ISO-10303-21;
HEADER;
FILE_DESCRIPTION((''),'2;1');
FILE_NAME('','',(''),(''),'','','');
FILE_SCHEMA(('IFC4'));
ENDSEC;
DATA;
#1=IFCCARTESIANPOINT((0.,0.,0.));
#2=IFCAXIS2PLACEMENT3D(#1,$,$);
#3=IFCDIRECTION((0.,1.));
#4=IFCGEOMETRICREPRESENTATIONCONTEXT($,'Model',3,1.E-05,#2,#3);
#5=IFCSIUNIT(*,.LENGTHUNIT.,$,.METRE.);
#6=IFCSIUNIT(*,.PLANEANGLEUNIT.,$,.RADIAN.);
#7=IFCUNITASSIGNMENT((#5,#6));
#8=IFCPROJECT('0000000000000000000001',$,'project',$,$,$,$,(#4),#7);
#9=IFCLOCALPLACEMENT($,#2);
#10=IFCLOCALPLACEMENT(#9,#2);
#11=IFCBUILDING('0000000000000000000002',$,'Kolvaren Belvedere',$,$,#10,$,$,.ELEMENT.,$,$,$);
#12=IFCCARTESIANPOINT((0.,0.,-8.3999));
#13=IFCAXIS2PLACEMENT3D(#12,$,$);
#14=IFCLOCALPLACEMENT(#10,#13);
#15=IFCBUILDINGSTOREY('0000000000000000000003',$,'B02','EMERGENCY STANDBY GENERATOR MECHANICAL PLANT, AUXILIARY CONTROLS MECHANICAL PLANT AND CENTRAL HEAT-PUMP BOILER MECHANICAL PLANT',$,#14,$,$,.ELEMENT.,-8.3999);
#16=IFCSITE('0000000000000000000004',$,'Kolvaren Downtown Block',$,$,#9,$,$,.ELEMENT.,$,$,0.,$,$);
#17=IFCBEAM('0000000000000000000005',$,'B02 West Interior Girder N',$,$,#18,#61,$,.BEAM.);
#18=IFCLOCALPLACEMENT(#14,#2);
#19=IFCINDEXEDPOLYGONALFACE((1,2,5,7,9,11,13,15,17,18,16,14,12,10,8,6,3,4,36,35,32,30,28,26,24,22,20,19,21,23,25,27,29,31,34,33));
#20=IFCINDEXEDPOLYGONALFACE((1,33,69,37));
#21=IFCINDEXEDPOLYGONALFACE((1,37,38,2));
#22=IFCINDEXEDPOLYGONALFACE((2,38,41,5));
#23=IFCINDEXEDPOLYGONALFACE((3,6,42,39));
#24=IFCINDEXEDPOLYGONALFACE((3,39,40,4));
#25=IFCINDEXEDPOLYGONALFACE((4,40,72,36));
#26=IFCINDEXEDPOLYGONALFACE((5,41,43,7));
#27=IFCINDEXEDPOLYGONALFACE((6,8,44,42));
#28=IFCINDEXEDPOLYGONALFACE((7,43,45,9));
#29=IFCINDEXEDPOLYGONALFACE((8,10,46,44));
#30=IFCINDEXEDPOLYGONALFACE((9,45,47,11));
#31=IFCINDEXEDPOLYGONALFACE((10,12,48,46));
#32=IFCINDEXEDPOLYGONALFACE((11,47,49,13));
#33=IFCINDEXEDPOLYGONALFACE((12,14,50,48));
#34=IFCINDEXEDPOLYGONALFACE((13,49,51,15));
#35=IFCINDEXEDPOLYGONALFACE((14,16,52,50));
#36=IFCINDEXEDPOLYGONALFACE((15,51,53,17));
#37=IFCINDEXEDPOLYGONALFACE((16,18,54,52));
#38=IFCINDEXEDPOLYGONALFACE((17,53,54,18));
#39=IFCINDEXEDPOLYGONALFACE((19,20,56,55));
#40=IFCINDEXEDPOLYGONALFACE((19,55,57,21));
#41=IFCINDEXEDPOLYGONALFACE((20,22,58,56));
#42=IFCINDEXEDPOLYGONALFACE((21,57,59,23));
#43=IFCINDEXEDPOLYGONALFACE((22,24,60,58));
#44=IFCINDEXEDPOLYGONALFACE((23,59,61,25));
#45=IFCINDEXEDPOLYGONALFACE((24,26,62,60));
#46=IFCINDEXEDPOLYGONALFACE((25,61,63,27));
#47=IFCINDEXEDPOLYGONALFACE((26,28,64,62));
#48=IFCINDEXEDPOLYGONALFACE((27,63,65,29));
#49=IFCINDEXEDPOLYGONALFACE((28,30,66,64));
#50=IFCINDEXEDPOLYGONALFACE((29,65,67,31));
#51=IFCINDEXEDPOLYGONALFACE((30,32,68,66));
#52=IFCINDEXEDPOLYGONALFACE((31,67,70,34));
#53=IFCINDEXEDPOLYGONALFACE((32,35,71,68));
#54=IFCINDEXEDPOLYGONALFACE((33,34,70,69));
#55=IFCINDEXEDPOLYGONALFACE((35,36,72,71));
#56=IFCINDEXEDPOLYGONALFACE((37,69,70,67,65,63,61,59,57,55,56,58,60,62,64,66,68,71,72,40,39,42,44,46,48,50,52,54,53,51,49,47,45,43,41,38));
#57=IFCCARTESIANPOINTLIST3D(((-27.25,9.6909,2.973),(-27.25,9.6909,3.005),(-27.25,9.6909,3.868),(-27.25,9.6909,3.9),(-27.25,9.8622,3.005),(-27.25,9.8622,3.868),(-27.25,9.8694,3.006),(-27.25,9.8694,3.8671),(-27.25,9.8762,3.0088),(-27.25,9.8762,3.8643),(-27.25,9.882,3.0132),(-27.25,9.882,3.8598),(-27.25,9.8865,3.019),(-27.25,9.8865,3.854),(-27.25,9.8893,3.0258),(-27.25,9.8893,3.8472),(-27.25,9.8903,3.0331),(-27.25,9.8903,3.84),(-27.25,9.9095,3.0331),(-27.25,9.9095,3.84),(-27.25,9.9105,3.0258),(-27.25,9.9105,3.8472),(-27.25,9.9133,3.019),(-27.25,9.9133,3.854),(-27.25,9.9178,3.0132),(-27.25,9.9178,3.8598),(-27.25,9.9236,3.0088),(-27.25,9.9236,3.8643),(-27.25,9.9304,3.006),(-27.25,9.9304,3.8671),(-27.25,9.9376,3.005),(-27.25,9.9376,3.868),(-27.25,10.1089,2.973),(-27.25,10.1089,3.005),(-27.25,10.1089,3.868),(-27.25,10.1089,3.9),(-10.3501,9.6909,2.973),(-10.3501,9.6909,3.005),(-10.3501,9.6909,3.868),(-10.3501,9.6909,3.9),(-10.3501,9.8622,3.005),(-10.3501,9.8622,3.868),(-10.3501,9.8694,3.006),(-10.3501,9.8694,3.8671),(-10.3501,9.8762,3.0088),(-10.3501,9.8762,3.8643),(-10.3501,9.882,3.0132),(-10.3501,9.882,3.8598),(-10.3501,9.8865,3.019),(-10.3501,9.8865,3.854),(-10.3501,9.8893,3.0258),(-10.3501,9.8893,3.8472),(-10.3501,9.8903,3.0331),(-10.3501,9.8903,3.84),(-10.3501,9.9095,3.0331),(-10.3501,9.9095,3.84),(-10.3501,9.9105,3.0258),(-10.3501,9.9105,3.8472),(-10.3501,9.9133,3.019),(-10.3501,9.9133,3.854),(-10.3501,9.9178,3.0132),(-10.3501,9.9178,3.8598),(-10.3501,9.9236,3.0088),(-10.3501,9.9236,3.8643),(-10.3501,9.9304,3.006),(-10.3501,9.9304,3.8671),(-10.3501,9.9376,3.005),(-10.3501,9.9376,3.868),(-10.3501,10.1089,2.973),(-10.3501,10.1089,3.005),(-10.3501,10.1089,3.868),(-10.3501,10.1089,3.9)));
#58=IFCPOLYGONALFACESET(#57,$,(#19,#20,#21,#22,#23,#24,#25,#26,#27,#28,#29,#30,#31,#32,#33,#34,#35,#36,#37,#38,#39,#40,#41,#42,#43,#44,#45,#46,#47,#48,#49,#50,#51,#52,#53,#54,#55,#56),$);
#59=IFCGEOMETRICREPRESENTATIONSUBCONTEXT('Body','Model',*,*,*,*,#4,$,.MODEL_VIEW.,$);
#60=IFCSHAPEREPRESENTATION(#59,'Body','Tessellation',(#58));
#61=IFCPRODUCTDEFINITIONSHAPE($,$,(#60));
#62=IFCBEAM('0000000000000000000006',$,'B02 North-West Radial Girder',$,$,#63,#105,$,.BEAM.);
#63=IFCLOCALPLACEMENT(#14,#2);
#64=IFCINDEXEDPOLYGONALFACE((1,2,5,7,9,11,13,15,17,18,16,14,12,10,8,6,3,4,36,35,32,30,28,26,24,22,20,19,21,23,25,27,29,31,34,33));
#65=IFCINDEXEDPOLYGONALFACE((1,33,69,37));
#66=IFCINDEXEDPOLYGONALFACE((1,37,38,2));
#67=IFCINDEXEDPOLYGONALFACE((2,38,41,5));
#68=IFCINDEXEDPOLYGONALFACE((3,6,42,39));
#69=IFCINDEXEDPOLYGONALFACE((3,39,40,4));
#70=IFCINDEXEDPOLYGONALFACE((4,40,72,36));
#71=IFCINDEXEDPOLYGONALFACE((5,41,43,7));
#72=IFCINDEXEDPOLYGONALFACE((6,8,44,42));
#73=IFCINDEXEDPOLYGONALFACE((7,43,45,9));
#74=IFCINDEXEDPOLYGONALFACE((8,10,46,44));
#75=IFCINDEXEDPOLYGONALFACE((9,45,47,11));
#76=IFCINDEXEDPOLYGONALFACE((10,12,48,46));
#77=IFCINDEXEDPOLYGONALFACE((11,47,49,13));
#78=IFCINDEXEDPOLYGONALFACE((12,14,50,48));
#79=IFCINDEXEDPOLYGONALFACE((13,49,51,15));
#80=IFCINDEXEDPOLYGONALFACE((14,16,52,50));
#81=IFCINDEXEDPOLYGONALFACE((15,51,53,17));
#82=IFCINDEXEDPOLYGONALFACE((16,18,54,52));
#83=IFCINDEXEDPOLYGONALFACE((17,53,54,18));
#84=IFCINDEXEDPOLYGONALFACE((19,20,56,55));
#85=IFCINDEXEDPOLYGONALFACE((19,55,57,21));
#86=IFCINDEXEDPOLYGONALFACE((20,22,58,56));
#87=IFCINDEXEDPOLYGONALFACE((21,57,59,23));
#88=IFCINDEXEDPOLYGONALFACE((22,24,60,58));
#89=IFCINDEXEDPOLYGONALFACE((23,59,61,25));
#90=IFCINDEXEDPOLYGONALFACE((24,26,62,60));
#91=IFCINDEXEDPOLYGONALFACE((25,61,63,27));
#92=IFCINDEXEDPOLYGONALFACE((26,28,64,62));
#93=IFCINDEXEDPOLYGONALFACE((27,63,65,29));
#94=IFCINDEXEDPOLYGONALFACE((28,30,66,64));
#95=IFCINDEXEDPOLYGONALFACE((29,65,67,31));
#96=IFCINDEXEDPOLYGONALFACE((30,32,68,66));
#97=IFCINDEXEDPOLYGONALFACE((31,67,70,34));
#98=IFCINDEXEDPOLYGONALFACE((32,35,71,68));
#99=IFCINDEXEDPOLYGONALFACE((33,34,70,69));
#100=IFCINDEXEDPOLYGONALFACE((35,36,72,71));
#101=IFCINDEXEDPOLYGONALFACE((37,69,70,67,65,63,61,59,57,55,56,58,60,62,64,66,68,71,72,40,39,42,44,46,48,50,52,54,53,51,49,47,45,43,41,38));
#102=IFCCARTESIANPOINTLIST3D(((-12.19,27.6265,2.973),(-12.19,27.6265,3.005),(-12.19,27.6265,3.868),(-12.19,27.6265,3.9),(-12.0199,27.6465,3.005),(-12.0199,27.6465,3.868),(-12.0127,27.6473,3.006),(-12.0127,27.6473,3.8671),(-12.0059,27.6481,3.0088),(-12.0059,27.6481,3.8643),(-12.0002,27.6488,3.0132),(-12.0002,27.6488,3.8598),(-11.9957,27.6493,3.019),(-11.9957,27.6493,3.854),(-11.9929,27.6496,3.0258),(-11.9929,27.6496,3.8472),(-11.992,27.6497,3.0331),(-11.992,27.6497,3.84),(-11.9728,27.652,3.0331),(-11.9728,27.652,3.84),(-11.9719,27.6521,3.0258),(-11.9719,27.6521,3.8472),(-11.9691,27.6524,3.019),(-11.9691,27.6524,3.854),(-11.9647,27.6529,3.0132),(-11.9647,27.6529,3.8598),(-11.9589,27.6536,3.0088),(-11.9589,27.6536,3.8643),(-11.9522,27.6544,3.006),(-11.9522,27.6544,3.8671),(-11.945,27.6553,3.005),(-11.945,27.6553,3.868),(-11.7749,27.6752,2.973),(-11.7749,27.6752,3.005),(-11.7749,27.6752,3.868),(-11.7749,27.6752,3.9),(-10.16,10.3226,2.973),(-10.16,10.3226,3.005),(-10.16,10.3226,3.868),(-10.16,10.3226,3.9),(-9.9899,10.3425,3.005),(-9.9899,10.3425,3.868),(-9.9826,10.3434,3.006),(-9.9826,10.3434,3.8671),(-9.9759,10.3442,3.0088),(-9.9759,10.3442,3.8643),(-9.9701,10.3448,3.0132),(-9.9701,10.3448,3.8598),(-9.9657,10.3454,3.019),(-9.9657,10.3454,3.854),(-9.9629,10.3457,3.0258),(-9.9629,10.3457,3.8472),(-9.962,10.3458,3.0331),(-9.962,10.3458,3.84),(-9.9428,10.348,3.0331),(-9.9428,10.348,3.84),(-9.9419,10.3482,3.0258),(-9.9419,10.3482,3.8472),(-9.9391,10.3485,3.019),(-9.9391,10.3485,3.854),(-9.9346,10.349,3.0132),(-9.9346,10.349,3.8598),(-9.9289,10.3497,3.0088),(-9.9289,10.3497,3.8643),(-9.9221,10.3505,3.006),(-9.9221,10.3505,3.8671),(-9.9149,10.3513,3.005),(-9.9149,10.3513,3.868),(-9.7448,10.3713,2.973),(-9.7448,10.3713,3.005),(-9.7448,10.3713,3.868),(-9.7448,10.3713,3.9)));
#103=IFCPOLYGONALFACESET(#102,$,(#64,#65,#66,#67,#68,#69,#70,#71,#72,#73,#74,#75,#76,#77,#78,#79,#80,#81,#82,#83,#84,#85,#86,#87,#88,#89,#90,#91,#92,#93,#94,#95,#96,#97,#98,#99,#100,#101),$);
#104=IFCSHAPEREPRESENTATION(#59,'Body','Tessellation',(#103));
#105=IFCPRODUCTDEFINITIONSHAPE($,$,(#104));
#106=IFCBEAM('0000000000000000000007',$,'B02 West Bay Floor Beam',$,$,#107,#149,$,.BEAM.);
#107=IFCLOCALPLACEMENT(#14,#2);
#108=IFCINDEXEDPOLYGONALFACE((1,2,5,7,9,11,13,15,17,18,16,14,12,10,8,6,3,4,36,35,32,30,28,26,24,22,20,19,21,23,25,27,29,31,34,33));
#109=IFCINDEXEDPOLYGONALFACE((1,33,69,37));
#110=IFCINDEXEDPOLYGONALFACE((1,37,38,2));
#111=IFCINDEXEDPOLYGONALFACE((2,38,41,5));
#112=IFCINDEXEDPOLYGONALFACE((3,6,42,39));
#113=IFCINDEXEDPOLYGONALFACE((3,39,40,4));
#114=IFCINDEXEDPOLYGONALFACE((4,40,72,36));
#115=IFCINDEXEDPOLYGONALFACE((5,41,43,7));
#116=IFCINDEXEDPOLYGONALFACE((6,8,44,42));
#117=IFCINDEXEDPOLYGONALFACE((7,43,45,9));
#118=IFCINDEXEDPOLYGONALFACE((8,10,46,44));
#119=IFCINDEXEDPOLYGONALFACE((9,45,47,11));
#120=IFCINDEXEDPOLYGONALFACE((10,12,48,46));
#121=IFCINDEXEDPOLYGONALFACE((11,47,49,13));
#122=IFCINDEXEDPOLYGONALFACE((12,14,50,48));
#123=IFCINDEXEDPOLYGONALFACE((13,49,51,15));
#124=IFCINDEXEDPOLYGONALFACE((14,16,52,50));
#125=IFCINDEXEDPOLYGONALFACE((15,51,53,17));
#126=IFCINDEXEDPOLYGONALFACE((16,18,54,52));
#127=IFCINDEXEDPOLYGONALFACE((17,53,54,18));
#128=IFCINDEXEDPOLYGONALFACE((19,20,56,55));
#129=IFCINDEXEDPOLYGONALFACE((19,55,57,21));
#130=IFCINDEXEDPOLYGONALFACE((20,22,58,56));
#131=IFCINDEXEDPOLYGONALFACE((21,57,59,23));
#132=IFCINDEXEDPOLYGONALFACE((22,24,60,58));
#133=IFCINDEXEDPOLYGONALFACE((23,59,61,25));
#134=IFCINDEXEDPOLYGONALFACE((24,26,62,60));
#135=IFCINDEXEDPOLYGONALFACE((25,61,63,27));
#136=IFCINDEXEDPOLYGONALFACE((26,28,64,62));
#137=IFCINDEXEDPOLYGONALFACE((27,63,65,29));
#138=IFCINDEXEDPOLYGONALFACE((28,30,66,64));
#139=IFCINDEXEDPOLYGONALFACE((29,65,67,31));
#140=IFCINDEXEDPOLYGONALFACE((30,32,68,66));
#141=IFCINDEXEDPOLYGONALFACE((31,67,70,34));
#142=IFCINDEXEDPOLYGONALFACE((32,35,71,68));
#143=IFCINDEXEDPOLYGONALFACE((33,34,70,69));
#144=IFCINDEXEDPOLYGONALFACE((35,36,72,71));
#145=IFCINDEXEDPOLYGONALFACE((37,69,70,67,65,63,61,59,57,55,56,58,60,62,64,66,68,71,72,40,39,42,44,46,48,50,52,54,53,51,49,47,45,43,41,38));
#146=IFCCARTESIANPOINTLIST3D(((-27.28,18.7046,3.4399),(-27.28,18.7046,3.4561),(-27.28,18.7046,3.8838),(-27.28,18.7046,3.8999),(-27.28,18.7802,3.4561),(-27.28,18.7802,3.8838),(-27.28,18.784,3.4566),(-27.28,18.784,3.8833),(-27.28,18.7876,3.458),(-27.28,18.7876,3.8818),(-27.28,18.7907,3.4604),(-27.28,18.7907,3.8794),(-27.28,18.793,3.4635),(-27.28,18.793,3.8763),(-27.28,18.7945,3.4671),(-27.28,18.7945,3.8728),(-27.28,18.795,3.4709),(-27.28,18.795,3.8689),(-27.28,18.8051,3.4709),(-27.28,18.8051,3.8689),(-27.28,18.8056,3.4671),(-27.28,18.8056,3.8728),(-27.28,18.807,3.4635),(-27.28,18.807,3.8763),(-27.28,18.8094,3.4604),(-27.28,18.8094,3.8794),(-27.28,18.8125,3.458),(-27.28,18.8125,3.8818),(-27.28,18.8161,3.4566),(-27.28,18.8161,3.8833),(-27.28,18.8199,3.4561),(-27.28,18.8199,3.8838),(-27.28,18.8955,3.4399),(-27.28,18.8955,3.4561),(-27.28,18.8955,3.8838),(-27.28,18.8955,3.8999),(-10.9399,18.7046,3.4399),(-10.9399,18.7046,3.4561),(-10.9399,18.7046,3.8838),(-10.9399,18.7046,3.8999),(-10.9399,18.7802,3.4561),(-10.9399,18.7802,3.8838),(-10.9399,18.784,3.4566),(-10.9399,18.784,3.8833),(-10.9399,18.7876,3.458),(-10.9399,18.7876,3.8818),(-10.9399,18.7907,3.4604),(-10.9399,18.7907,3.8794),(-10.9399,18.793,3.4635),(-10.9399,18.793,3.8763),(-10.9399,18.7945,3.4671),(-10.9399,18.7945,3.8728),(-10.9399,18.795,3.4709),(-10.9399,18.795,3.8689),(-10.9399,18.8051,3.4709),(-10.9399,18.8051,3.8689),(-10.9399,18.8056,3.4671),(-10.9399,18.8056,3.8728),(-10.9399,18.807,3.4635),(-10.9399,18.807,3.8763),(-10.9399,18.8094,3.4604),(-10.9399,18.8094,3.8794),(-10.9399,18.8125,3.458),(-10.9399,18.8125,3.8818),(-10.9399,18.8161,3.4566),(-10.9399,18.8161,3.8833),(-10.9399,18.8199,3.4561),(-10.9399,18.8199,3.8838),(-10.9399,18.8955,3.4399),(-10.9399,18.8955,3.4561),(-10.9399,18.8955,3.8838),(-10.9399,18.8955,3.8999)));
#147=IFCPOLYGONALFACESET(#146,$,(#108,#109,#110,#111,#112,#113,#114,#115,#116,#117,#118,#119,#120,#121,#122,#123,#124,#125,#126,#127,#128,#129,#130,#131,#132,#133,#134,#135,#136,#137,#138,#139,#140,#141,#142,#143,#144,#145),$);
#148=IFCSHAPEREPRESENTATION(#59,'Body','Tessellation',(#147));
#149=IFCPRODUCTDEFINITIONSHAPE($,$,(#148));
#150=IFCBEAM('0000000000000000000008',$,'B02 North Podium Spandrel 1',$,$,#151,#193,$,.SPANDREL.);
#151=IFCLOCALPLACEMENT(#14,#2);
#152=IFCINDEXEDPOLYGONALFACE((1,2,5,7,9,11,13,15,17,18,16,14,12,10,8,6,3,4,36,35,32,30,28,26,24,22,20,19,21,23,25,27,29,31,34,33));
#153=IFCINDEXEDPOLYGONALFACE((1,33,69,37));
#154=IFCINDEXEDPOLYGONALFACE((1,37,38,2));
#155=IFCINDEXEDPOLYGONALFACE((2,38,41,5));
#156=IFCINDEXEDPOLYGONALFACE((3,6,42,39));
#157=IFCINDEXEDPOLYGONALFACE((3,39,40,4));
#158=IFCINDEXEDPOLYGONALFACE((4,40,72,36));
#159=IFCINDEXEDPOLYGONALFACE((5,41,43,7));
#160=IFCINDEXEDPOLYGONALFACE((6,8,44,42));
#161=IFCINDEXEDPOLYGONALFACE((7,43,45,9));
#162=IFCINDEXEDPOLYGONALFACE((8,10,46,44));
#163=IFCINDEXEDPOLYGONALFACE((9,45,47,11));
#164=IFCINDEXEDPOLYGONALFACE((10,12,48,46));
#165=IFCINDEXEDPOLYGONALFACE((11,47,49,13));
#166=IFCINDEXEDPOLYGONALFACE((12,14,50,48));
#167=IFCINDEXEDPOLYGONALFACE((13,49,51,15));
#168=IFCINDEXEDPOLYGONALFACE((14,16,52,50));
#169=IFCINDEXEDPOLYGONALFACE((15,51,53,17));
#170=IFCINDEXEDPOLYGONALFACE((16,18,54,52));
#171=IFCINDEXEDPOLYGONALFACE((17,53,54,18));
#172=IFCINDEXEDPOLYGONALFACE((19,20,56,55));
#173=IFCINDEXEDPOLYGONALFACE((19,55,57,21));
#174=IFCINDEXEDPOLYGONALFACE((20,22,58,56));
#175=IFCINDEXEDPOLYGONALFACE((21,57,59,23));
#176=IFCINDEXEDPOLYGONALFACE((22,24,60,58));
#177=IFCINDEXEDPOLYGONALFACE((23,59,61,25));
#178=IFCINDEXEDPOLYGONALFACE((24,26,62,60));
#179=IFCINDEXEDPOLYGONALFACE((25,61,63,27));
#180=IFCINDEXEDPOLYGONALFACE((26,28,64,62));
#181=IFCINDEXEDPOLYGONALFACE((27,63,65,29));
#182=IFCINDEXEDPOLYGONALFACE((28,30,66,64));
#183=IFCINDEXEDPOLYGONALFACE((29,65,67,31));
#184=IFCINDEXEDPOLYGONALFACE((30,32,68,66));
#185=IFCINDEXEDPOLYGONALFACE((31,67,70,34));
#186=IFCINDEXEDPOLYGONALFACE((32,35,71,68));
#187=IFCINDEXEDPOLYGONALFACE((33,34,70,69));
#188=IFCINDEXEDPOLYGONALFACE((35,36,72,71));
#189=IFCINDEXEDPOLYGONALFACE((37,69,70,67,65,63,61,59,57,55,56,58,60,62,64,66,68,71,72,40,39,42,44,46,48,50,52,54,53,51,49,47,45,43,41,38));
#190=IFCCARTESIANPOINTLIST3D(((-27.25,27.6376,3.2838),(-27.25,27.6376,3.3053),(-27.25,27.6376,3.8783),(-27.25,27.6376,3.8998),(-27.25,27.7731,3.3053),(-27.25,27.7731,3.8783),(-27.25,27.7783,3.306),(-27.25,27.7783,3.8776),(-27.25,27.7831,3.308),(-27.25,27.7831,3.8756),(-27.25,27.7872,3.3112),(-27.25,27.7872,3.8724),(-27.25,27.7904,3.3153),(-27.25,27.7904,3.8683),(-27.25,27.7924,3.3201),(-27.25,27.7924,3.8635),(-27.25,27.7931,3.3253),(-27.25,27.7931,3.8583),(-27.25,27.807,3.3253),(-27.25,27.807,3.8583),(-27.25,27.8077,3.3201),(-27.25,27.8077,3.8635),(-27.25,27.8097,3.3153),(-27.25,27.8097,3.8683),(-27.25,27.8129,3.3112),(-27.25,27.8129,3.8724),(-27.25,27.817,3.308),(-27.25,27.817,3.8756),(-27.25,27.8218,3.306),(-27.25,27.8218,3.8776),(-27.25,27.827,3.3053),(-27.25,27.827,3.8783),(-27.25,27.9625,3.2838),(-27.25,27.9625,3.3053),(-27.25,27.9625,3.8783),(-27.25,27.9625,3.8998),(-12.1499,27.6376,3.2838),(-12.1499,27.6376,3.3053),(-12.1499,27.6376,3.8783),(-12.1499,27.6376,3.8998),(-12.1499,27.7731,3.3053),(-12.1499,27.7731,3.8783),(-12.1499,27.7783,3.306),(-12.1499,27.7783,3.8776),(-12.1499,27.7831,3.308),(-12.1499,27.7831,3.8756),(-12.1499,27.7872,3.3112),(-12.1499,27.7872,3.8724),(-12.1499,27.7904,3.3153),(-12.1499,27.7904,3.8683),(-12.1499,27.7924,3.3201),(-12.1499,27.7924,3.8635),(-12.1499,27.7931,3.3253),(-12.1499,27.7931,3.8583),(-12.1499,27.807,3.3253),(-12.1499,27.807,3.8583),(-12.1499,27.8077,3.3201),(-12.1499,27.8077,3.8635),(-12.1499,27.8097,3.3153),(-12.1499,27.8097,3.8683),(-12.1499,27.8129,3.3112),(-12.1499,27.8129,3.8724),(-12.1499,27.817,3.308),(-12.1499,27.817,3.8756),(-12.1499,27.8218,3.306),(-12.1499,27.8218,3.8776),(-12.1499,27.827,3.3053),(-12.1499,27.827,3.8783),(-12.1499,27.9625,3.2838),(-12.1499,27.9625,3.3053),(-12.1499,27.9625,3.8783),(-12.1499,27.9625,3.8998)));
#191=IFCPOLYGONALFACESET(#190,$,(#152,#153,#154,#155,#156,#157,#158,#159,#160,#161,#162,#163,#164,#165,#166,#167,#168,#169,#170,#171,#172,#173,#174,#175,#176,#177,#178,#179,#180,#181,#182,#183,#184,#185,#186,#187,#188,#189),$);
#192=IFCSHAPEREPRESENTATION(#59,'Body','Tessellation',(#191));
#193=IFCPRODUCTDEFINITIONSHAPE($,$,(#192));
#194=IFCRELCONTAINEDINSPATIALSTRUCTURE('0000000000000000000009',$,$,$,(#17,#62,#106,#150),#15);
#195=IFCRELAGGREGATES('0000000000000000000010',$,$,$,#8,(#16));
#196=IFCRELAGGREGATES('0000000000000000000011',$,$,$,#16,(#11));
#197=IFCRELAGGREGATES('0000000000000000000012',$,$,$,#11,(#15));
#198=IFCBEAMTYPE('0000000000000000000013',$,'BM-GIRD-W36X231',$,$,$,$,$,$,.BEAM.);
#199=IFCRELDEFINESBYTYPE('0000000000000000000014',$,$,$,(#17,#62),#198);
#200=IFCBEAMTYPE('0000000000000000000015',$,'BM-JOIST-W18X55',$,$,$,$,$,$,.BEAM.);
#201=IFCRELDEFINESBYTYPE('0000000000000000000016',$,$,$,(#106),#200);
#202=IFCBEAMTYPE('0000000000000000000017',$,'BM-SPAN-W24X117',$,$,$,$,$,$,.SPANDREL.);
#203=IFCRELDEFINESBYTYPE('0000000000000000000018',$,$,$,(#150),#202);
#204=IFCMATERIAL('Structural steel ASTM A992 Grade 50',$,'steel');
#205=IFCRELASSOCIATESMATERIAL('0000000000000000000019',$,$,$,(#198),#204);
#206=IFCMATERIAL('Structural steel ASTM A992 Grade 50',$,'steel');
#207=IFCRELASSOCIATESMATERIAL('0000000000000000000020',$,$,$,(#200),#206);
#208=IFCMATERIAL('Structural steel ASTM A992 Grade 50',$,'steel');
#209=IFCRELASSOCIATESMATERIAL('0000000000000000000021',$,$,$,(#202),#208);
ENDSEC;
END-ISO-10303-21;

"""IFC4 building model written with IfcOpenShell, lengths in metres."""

from ifc_helpers import new_model, si_unit, direction, frame, origin, origin_2d, place, context, subcontext, project, spatial, i_section, extrude, material, material_profile, profile_set, type_object, element, save


model = new_model("IFC4")

# Units and contexts
model_context = context("Model", 3, precision=1e-05, world=origin(), true_north=direction((0.0, 1.0)))
body_context = subcontext(model_context, "Body", "Model", "MODEL_VIEW")
ifc_project = project(units=[si_unit("LENGTHUNIT", "METRE"), si_unit("PLANEANGLEUNIT", "RADIAN")], contexts=[model_context])

# Site, building, storey
site_placement = place(None, origin())
site = spatial("IfcSite", under=ifc_project, at=site_placement, Name="Kolvaren Downtown Block", CompositionType="ELEMENT", RefElevation=0.0)
building_placement = place(site_placement, origin())
building = spatial("IfcBuilding", under=site, at=building_placement, Name="Kolvaren Belvedere", CompositionType="ELEMENT")
storey_placement = place(building_placement, frame((0.0, 0.0, -8.3999)))
storey = spatial("IfcBuildingStorey", under=building, at=storey_placement, Name="B02", Description="EMERGENCY STANDBY GENERATOR MECHANICAL PLANT, AUXILIARY CONTROLS MECHANICAL PLANT AND CENTRAL HEAT-PUMP BOILER MECHANICAL PLANT", CompositionType="ELEMENT", Elevation=-8.3999)

# Beams
ifc_material_1 = material(Name="Structural steel ASTM A992 Grade 50", Category="steel")
ifc_material_profile_1 = material_profile(ifc_material_1, i_section(OverallWidth=0.418, OverallDepth=0.927, WebThickness=0.0193, FlangeThickness=0.032, FilletRadius=0.0281, at=origin_2d()), Name="W36X231")
ifc_profile_set_1 = profile_set([ifc_material_profile_1], Name="Structural steel ASTM A992 Grade 50")
beam_type_1 = type_object("IfcBeamType", Name="BM-GIRD-W36X231", PredefinedType="BEAM", material=ifc_profile_set_1)
beam_1_placement = place(storey_placement, frame((-27.25, 9.8999, 3.4365), z_axis=(1.0, 0.0, 0.0), x_axis=(0.0, 1.0, 0.0)))
element("IfcBeam", 1, at=beam_1_placement, inside=storey, type_object=beam_type_1, Name="B02 West Interior Girder N", PredefinedType="BEAM", context=body_context, shape_type="SweptSolid", body=[
    extrude(i_section(OverallWidth=0.418, OverallDepth=0.927, WebThickness=0.0193, FlangeThickness=0.032, FilletRadius=0.0281, at=origin_2d()), origin(), (0.0, 0.0, 1.0), 16.8999),
])
beam_2_placement = place(storey_placement, frame((-9.9524, 10.3469, 3.4365), z_axis=(-0.116517, 0.993189, 0.0), x_axis=(-0.993189, -0.116517, 0.0)))
element("IfcBeam", 2, at=beam_2_placement, inside=storey, type_object=beam_type_1, Name="B02 North-West Radial Girder", PredefinedType="BEAM", context=body_context, shape_type="SweptSolid", body=[
    extrude(i_section(OverallWidth=0.418, OverallDepth=0.927, WebThickness=0.0193, FlangeThickness=0.032, FilletRadius=0.0281, at=origin_2d()), origin(), (0.0, 0.0, 1.0), 17.4226),
])
ifc_material_2 = material(Name="Structural steel ASTM A992 Grade 50", Category="steel")
ifc_material_profile_2 = material_profile(ifc_material_2, i_section(OverallWidth=0.1909, OverallDepth=0.46, WebThickness=0.01, FlangeThickness=0.0161, FilletRadius=0.0149, at=origin_2d()), Name="W18X55")
ifc_profile_set_2 = profile_set([ifc_material_profile_2], Name="Structural steel ASTM A992 Grade 50")
beam_type_2 = type_object("IfcBeamType", Name="BM-JOIST-W18X55", PredefinedType="BEAM", material=ifc_profile_set_2)
beam_3_placement = place(storey_placement, frame((-27.28, 18.8, 3.6699), z_axis=(1.0, 0.0, 0.0), x_axis=(0.0, 1.0, 0.0)))
element("IfcBeam", 3, at=beam_3_placement, inside=storey, type_object=beam_type_2, Name="B02 West Bay Floor Beam", PredefinedType="BEAM", context=body_context, shape_type="SweptSolid", body=[
    extrude(i_section(OverallWidth=0.1909, OverallDepth=0.46, WebThickness=0.01, FlangeThickness=0.0161, FilletRadius=0.0149, at=origin_2d()), origin(), (0.0, 0.0, 1.0), 16.3401),
])
ifc_material_3 = material(Name="Structural steel ASTM A992 Grade 50", Category="steel")
ifc_material_profile_3 = material_profile(ifc_material_3, i_section(OverallWidth=0.325, OverallDepth=0.616, WebThickness=0.0139, FlangeThickness=0.0215, FilletRadius=0.02, at=origin_2d()), Name="W24X117")
ifc_profile_set_3 = profile_set([ifc_material_profile_3], Name="Structural steel ASTM A992 Grade 50")
beam_type_3 = type_object("IfcBeamType", Name="BM-SPAN-W24X117", PredefinedType="SPANDREL", material=ifc_profile_set_3)
beam_4_placement = place(storey_placement, frame((-27.25, 27.8, 3.5918), z_axis=(1.0, 0.0, 0.0), x_axis=(0.0, 1.0, 0.0)))
element("IfcBeam", 4, at=beam_4_placement, inside=storey, type_object=beam_type_3, Name="B02 North Podium Spandrel 1", PredefinedType="SPANDREL", context=body_context, shape_type="SweptSolid", body=[
    extrude(i_section(OverallWidth=0.325, OverallDepth=0.616, WebThickness=0.0139, FlangeThickness=0.0215, FilletRadius=0.02, at=origin_2d()), origin(), (0.0, 0.0, 1.0), 15.1001),
])

save(model, "model.ifc")
